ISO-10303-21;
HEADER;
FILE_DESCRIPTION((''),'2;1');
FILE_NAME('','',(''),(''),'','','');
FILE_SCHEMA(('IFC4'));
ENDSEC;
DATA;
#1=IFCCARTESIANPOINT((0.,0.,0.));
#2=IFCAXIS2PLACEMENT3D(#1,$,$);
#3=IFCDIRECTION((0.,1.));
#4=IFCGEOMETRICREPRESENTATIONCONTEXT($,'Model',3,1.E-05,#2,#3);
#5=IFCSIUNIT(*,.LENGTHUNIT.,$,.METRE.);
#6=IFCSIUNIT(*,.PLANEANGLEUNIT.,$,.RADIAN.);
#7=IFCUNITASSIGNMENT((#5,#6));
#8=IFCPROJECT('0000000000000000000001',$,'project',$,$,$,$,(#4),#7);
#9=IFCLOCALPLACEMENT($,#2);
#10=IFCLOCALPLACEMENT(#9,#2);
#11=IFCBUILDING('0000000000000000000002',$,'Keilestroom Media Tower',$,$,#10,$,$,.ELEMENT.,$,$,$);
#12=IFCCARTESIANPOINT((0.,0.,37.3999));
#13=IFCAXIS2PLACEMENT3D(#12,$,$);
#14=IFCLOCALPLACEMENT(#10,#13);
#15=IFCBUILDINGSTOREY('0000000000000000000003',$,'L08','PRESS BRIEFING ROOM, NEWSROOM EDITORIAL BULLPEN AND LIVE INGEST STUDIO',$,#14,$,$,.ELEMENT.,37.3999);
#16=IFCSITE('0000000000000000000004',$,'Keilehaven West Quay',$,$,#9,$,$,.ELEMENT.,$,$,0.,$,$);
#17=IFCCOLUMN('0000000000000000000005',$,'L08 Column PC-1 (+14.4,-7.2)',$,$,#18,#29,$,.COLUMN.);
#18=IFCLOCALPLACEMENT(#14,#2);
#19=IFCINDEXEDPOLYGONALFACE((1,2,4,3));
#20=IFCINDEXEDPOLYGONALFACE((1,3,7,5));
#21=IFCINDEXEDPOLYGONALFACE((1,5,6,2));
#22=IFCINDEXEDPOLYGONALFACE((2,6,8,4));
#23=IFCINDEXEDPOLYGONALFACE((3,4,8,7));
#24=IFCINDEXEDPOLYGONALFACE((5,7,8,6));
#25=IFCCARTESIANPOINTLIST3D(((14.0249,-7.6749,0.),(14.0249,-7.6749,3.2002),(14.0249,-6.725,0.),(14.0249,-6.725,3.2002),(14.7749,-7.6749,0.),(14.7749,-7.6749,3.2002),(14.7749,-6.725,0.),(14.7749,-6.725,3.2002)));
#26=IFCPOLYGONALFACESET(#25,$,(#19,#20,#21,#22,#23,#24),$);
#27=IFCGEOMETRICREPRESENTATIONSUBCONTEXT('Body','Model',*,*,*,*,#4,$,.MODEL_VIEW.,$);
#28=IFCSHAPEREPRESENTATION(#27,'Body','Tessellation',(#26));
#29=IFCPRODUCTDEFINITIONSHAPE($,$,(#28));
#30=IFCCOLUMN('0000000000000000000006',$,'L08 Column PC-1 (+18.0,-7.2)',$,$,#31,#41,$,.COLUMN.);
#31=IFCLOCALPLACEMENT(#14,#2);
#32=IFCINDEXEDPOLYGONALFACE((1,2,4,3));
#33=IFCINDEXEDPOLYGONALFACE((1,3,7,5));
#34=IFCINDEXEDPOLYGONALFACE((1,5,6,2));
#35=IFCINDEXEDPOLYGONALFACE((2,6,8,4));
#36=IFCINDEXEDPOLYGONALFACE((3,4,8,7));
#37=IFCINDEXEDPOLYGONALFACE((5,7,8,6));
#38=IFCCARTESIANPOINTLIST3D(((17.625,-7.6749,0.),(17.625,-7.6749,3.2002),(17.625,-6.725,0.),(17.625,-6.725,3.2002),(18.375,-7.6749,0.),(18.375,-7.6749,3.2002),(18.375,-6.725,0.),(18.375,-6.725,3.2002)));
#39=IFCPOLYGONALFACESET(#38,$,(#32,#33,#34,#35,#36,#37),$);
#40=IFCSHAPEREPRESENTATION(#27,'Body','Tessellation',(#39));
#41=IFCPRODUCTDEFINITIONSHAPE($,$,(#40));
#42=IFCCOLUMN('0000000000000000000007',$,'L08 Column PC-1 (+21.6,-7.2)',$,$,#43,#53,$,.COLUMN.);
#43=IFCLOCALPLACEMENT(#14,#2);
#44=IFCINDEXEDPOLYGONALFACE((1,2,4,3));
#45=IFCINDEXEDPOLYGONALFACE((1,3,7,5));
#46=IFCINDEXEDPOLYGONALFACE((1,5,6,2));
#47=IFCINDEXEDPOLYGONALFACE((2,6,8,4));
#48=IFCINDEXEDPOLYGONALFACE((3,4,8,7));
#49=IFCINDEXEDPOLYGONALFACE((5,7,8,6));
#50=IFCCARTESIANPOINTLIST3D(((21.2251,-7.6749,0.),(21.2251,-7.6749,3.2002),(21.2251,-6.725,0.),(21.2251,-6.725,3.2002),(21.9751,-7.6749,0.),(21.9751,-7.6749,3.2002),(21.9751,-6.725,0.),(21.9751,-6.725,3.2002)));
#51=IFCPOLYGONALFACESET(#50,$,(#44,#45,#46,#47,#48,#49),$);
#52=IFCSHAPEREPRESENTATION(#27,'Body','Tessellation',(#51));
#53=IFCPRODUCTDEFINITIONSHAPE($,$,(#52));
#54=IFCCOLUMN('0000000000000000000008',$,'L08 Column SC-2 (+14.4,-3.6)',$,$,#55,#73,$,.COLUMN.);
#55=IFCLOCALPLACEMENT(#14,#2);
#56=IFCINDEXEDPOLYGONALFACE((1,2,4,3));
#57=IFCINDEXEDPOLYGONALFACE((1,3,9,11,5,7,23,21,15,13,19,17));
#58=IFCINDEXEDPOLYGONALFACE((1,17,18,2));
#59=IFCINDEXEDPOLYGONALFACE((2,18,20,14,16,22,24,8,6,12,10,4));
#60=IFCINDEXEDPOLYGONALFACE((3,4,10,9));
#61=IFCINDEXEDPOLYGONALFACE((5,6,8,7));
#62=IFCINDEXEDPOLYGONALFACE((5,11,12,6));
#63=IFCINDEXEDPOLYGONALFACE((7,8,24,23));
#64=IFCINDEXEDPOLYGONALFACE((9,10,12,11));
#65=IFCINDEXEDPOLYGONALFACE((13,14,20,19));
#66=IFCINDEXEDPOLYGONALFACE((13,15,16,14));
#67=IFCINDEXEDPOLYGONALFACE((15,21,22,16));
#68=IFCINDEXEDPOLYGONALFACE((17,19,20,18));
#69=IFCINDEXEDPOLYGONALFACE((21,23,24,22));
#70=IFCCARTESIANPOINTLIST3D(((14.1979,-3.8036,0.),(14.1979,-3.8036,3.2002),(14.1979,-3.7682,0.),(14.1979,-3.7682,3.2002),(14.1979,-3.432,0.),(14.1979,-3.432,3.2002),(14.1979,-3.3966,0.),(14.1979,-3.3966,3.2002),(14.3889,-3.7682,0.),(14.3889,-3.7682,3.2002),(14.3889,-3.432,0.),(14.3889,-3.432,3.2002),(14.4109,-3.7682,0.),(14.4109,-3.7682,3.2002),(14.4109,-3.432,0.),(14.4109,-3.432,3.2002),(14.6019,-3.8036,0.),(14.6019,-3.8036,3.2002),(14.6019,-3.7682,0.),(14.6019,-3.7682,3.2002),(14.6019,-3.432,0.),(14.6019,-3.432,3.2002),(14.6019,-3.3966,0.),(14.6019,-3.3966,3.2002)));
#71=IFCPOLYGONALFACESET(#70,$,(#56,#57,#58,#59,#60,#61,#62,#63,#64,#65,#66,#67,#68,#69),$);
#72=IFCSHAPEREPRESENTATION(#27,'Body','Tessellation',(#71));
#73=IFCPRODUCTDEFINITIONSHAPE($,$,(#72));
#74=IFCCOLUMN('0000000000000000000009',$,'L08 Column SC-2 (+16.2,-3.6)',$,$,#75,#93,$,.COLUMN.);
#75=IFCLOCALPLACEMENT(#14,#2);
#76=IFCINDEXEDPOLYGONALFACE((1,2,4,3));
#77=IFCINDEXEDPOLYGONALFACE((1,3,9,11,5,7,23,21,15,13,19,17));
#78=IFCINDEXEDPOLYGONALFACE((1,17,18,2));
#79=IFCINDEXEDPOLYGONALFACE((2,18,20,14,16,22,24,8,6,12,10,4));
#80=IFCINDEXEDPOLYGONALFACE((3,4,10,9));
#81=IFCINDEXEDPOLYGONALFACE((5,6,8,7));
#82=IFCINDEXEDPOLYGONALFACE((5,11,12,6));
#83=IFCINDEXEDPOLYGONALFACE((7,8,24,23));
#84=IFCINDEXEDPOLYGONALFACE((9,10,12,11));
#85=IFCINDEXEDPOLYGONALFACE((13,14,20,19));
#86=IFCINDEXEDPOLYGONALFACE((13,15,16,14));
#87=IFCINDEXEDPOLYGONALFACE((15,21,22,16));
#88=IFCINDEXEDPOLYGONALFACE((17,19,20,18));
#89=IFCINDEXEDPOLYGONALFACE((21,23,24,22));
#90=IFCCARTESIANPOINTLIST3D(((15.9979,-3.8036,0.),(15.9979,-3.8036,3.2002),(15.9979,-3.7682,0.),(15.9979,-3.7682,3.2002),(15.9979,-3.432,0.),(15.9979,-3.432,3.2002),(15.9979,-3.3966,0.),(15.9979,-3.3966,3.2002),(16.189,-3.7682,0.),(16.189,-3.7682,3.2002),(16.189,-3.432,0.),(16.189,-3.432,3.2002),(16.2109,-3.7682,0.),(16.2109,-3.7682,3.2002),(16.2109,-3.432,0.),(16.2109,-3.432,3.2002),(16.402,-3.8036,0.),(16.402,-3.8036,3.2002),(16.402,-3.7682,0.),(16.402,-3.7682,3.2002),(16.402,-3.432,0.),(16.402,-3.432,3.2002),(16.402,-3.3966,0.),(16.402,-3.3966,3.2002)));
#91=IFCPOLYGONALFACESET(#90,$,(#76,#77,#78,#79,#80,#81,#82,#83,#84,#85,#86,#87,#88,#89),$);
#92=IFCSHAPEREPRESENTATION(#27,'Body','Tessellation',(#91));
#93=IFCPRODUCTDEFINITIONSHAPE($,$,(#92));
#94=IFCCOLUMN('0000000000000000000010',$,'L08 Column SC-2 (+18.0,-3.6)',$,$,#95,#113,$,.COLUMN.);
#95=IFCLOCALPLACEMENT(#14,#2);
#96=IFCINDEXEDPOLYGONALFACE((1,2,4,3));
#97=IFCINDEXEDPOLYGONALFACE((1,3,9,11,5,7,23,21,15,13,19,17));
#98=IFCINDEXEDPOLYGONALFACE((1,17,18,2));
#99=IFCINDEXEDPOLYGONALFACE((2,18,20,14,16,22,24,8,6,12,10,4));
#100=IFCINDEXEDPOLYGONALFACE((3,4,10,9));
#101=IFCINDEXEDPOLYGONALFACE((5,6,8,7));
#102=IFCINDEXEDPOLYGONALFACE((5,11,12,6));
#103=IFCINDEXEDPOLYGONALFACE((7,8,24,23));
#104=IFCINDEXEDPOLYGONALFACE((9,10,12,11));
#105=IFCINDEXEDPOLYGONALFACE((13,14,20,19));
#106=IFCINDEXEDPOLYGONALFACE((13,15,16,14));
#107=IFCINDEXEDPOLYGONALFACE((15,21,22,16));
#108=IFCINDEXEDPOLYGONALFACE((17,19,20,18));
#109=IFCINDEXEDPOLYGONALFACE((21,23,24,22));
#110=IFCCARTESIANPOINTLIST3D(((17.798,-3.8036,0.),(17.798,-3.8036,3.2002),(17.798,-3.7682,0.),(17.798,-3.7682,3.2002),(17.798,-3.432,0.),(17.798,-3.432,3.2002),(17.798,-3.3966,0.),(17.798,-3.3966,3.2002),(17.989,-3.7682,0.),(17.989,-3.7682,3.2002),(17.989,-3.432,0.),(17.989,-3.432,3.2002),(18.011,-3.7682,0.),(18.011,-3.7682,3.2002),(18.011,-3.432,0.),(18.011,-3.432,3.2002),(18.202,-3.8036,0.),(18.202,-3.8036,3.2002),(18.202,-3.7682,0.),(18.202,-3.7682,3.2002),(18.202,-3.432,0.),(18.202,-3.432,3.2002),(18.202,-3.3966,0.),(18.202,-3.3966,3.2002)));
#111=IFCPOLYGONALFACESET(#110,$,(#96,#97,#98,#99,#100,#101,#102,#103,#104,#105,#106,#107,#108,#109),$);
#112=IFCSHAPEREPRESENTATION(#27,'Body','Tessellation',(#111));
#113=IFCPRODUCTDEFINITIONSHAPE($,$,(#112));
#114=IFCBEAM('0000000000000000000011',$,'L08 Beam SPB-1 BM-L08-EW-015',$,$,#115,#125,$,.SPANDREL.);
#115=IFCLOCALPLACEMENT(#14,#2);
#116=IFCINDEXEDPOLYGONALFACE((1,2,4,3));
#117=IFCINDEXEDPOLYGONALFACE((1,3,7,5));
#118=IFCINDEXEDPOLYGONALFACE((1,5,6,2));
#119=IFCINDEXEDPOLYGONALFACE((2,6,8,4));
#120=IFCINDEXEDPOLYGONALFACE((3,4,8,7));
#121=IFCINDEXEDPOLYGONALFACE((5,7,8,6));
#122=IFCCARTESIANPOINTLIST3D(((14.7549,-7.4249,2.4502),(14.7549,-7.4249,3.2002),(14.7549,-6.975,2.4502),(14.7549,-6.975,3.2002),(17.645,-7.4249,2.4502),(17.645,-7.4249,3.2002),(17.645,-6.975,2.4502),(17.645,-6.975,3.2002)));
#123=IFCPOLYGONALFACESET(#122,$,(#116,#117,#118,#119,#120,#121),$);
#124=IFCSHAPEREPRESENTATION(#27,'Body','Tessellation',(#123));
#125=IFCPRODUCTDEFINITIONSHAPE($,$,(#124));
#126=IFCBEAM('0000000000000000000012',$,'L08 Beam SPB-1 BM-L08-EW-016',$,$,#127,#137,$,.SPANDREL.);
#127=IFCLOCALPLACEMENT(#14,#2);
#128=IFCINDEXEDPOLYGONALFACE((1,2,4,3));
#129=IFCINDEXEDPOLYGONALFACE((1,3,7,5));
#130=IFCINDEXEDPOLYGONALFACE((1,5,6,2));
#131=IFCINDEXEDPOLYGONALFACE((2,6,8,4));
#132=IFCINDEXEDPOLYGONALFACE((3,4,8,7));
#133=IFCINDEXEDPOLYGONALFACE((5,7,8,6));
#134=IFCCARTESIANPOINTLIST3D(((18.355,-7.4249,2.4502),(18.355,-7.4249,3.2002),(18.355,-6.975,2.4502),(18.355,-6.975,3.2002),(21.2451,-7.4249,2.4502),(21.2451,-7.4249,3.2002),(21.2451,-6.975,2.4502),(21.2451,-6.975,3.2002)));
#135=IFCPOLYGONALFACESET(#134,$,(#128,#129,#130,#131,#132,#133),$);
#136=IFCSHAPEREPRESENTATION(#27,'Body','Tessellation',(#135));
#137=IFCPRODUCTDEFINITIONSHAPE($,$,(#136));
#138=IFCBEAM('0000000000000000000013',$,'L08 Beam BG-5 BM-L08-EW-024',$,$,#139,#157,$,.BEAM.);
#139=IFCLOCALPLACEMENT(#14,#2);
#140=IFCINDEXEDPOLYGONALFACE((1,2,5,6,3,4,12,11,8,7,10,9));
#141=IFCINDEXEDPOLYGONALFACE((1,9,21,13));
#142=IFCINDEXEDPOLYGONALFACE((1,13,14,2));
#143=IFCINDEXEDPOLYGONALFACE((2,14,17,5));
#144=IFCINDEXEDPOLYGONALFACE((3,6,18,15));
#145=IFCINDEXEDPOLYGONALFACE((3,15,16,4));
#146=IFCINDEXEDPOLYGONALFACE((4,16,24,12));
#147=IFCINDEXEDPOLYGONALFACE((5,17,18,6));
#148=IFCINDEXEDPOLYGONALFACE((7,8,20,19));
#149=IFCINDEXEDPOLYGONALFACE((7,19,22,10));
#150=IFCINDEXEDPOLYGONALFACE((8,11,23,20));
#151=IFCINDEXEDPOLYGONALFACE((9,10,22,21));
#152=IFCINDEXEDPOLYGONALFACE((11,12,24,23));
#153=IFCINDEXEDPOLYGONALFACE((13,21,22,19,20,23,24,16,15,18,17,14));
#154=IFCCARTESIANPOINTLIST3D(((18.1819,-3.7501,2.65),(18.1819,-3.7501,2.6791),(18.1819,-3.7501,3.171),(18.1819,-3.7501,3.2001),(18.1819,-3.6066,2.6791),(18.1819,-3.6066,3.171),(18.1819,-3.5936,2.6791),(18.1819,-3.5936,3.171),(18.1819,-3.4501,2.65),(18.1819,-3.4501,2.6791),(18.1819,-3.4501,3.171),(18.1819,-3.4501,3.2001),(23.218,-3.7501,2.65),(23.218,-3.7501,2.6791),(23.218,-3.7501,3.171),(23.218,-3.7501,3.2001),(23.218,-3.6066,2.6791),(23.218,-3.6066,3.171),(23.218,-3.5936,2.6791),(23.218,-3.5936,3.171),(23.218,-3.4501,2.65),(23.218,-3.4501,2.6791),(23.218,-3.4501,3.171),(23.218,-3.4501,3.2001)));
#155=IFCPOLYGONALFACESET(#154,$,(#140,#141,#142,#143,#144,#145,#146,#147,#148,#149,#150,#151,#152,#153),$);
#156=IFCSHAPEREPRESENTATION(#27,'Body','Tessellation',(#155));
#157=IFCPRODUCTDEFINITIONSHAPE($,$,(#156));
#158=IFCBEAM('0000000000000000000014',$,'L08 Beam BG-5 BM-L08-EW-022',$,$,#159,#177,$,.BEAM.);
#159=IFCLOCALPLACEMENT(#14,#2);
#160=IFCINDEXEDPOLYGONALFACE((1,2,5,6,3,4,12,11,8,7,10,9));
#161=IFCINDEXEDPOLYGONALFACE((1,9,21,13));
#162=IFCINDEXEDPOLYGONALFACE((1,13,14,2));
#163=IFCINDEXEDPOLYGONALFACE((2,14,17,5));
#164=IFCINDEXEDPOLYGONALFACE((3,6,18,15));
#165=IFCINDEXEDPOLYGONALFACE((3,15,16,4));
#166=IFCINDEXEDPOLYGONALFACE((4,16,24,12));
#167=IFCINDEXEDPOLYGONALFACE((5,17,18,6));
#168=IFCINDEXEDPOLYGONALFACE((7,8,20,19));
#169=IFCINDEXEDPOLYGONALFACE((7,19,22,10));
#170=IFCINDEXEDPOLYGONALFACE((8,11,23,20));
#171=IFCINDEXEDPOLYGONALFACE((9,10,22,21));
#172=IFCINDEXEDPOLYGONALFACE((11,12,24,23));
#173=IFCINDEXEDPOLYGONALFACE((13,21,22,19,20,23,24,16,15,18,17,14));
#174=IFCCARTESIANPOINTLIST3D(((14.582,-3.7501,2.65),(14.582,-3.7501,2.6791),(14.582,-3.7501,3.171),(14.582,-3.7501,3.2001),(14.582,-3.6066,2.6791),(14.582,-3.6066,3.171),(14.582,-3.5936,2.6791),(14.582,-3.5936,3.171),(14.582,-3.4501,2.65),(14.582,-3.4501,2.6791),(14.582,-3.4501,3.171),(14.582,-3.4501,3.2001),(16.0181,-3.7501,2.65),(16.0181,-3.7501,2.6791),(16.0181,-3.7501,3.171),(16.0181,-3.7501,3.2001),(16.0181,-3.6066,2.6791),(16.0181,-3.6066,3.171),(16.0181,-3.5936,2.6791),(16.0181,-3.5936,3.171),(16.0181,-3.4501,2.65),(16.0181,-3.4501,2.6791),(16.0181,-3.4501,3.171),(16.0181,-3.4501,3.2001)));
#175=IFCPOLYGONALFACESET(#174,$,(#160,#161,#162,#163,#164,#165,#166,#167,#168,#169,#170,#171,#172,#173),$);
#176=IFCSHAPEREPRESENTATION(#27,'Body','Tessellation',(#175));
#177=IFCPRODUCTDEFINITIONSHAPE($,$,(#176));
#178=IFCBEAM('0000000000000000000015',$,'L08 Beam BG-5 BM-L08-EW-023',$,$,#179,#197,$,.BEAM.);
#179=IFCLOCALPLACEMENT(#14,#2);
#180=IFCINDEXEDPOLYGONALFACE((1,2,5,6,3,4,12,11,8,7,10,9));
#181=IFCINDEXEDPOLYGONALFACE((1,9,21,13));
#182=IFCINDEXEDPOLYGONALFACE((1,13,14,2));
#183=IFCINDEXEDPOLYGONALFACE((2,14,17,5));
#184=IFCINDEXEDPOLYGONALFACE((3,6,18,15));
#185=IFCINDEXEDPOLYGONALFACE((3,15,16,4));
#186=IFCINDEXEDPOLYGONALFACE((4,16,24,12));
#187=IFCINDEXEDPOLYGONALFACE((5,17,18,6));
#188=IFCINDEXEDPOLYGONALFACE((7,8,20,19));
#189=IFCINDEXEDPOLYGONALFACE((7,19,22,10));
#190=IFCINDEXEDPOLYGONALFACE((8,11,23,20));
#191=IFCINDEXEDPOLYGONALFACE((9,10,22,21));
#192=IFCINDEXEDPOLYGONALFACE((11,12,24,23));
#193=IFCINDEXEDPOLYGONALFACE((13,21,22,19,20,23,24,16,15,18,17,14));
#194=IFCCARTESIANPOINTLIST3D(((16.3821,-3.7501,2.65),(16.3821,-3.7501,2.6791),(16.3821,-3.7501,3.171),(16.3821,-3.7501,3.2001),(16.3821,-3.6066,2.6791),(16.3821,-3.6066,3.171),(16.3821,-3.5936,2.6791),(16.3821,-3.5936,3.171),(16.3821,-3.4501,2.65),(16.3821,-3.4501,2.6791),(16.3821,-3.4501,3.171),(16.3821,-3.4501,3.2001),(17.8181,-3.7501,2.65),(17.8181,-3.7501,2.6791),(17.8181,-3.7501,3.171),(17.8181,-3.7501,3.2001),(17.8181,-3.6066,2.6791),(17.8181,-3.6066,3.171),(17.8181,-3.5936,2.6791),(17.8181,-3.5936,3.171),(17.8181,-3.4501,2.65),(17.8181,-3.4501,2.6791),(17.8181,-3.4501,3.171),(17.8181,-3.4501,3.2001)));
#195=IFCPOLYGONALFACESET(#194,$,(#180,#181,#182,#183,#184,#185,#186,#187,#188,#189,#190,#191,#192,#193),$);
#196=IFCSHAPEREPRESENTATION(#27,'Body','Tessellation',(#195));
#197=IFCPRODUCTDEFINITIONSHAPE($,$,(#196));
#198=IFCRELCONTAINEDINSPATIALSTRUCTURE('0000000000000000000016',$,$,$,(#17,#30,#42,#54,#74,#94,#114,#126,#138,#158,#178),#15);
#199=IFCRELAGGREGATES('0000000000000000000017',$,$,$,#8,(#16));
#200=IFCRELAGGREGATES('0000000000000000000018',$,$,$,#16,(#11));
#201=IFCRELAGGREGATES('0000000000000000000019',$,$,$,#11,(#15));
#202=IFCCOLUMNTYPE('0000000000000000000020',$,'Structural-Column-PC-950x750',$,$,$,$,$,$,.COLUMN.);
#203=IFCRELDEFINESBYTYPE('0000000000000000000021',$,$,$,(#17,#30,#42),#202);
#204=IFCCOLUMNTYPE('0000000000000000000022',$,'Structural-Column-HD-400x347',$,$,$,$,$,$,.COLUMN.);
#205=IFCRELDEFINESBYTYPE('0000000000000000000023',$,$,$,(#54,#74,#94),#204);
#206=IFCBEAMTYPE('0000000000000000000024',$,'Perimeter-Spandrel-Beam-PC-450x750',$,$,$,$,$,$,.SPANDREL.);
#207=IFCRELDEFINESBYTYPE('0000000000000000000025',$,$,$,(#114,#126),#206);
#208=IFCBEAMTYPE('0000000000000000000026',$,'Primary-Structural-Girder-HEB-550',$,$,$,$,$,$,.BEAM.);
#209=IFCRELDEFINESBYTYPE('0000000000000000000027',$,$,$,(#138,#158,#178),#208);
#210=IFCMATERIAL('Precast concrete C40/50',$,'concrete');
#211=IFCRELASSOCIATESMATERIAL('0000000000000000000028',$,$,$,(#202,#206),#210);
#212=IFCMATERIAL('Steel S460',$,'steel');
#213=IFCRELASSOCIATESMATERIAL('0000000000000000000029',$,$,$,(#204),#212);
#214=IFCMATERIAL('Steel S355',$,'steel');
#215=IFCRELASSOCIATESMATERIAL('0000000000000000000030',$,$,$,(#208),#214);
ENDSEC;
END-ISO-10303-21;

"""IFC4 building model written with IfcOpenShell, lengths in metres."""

from ifc_helpers import new_model, si_unit, direction, frame, origin, origin_2d, place, context, subcontext, project, spatial, rectangle, i_section, extrude, source, transform, mapped, material, material_profile, profile_set, type_object, element, save


model = new_model("IFC4")

# Units and contexts
model_context = context("Model", 3, precision=1e-05, world=origin(), true_north=direction((0.0, 1.0)))
body_context = subcontext(model_context, "Body", "Model", "MODEL_VIEW")
ifc_project = project(units=[si_unit("LENGTHUNIT", "METRE"), si_unit("PLANEANGLEUNIT", "RADIAN")], contexts=[model_context])

# Site, building, storey
site_placement = place(None, origin())
site = spatial("IfcSite", under=ifc_project, at=site_placement, Name="Keilehaven West Quay", CompositionType="ELEMENT", RefElevation=0.0)
building_placement = place(site_placement, origin())
building = spatial("IfcBuilding", under=site, at=building_placement, Name="Keilestroom Media Tower", CompositionType="ELEMENT")
storey_placement = place(building_placement, frame((0.0, 0.0, 37.3999)))
storey = spatial("IfcBuildingStorey", under=building, at=storey_placement, Name="L08", Description="PRESS BRIEFING ROOM, NEWSROOM EDITORIAL BULLPEN AND LIVE INGEST STUDIO", CompositionType="ELEMENT", Elevation=37.3999)

# Columns
ifc_material_1 = material(Name="Precast concrete C40/50", Category="concrete")
ifc_material_profile_1 = material_profile(ifc_material_1, rectangle(XDim=0.75, YDim=0.95, at=origin_2d()), Name="PC 950x750")
ifc_profile_set_1 = profile_set([ifc_material_profile_1], Name="Precast concrete C40/50")
column_type_1 = type_object("IfcColumnType", Name="Structural-Column-PC-950x750", PredefinedType="COLUMN", material=ifc_profile_set_1)
shared_shape_1 = source(origin(), body_context, "Body", "SweptSolid", [
    extrude(rectangle(XDim=0.75, YDim=0.95, at=origin_2d()), origin(), (0.0, 0.0, 1.0), 3.2002),
])
for number, where, z_axis, x_axis, name in (
    (1, (14.3999, -7.2, 0.0), (0.0, 0.0, 1.0), (1.0, 0.0, 0.0), "L08 Column PC-1 (+14.4,-7.2)"),
    (2, (18.0, -7.2, 0.0), (0.0, 0.0, 1.0), (1.0, 0.0, 0.0), "L08 Column PC-1 (+18.0,-7.2)"),
    (3, (21.6001, -7.2, 0.0), (0.0, 0.0, 1.0), (1.0, 0.0, 0.0), "L08 Column PC-1 (+21.6,-7.2)"),
):
    element("IfcColumn", number, at=place(storey_placement, frame(where, z_axis=z_axis, x_axis=x_axis)), inside=storey, type_object=column_type_1, Name=name, PredefinedType="COLUMN", context=body_context, shape_type="MappedRepresentation", body=[
        mapped(shared_shape_1, transform((0.0, 0.0, 0.0), x_axis=(1.0, 0.0, 0.0), y_axis=(0.0, 1.0, 0.0), z_axis=(0.0, 0.0, 1.0), scale=1.0)),
    ])
ifc_material_2 = material(Name="Steel S460", Category="steel")
ifc_material_profile_2 = material_profile(ifc_material_2, i_section(OverallWidth=0.4041, OverallDepth=0.407, WebThickness=0.022, FlangeThickness=0.0354, at=origin_2d()), Name="HD 400x347")
ifc_profile_set_2 = profile_set([ifc_material_profile_2], Name="Steel S460")
column_type_2 = type_object("IfcColumnType", Name="Structural-Column-HD-400x347", PredefinedType="COLUMN", material=ifc_profile_set_2)
shared_shape_2 = source(origin(), body_context, "Body", "SweptSolid", [
    extrude(i_section(OverallWidth=0.4041, OverallDepth=0.407, WebThickness=0.022, FlangeThickness=0.0354, at=origin_2d()), origin(), (0.0, 0.0, 1.0), 3.2002),
])
for number, where, z_axis, x_axis, name in (
    (4, (14.3999, -3.6001, 0.0), (0.0, 0.0, 1.0), (1.0, 0.0, 0.0), "L08 Column SC-2 (+14.4,-3.6)"),
    (5, (16.2, -3.6001, 0.0), (0.0, 0.0, 1.0), (1.0, 0.0, 0.0), "L08 Column SC-2 (+16.2,-3.6)"),
    (6, (18.0, -3.6001, 0.0), (0.0, 0.0, 1.0), (1.0, 0.0, 0.0), "L08 Column SC-2 (+18.0,-3.6)"),
):
    element("IfcColumn", number, at=place(storey_placement, frame(where, z_axis=z_axis, x_axis=x_axis)), inside=storey, type_object=column_type_2, Name=name, PredefinedType="COLUMN", context=body_context, shape_type="MappedRepresentation", body=[
        mapped(shared_shape_2, transform((0.0, 0.0, 0.0), x_axis=(1.0, 0.0, 0.0), y_axis=(0.0, 1.0, 0.0), z_axis=(0.0, 0.0, 1.0), scale=1.0)),
    ])

# Beams
ifc_material_profile_3 = material_profile(ifc_material_1, rectangle(XDim=0.45, YDim=0.75, at=origin_2d()), Name="PC 450x750")
ifc_profile_set_3 = profile_set([ifc_material_profile_3], Name="Precast concrete C40/50")
beam_type_1 = type_object("IfcBeamType", Name="Perimeter-Spandrel-Beam-PC-450x750", PredefinedType="SPANDREL", material=ifc_profile_set_3)
shared_shape_3 = source(origin(), body_context, "Body", "SweptSolid", [
    extrude(rectangle(XDim=0.45, YDim=0.75, at=origin_2d()), origin(), (0.0, 0.0, 1.0), 2.8901),
])
for number, where, z_axis, x_axis, name in (
    (7, (14.7549, -7.2, 2.8252), (1.0, 0.0, 0.0), (0.0, 1.0, 0.0), "L08 Beam SPB-1 BM-L08-EW-015"),
    (8, (18.355, -7.2, 2.8252), (1.0, 0.0, 0.0), (0.0, 1.0, 0.0), "L08 Beam SPB-1 BM-L08-EW-016"),
):
    element("IfcBeam", number, at=place(storey_placement, frame(where, z_axis=z_axis, x_axis=x_axis)), inside=storey, type_object=beam_type_1, Name=name, PredefinedType="SPANDREL", context=body_context, shape_type="MappedRepresentation", body=[
        mapped(shared_shape_3, transform((0.0, 0.0, 0.0), x_axis=(1.0, 0.0, 0.0), y_axis=(0.0, 1.0, 0.0), z_axis=(0.0, 0.0, 1.0), scale=1.0)),
    ])
ifc_material_3 = material(Name="Steel S355", Category="steel")
ifc_material_profile_4 = material_profile(ifc_material_3, i_section(OverallWidth=0.3, OverallDepth=0.55, WebThickness=0.0129, FlangeThickness=0.0291, at=origin_2d()), Name="HEB 550")
ifc_profile_set_4 = profile_set([ifc_material_profile_4], Name="Steel S355")
beam_type_2 = type_object("IfcBeamType", Name="Primary-Structural-Girder-HEB-550", PredefinedType="BEAM", material=ifc_profile_set_4)
shared_shape_4 = source(origin(), body_context, "Body", "SweptSolid", [
    extrude(i_section(OverallWidth=0.3, OverallDepth=0.55, WebThickness=0.0129, FlangeThickness=0.0291, at=origin_2d()), origin(), (0.0, 0.0, 1.0), 5.0361),
])
beam_1_placement = place(storey_placement, frame((18.1819, -3.6001, 2.925), z_axis=(1.0, 0.0, 0.0), x_axis=(0.0, 1.0, 0.0)))
element("IfcBeam", 9, at=beam_1_placement, inside=storey, type_object=beam_type_2, Name="L08 Beam BG-5 BM-L08-EW-024", PredefinedType="BEAM", context=body_context, shape_type="MappedRepresentation", body=[
    mapped(shared_shape_4, transform((0.0, 0.0, 0.0), x_axis=(1.0, 0.0, 0.0), y_axis=(0.0, 1.0, 0.0), z_axis=(0.0, 0.0, 1.0), scale=1.0)),
])
shared_shape_5 = source(origin(), body_context, "Body", "SweptSolid", [
    extrude(i_section(OverallWidth=0.3, OverallDepth=0.55, WebThickness=0.0129, FlangeThickness=0.0291, at=origin_2d()), origin(), (0.0, 0.0, 1.0), 1.436),
])
for number, where, z_axis, x_axis, name in (
    (10, (14.582, -3.6001, 2.925), (1.0, 0.0, 0.0), (0.0, 1.0, 0.0), "L08 Beam BG-5 BM-L08-EW-022"),
    (11, (16.3821, -3.6001, 2.925), (1.0, 0.0, 0.0), (0.0, 1.0, 0.0), "L08 Beam BG-5 BM-L08-EW-023"),
):
    element("IfcBeam", number, at=place(storey_placement, frame(where, z_axis=z_axis, x_axis=x_axis)), inside=storey, type_object=beam_type_2, Name=name, PredefinedType="BEAM", context=body_context, shape_type="MappedRepresentation", body=[
        mapped(shared_shape_5, transform((0.0, 0.0, 0.0), x_axis=(1.0, 0.0, 0.0), y_axis=(0.0, 1.0, 0.0), z_axis=(0.0, 0.0, 1.0), scale=1.0)),
    ])

save(model, "model.ifc")
